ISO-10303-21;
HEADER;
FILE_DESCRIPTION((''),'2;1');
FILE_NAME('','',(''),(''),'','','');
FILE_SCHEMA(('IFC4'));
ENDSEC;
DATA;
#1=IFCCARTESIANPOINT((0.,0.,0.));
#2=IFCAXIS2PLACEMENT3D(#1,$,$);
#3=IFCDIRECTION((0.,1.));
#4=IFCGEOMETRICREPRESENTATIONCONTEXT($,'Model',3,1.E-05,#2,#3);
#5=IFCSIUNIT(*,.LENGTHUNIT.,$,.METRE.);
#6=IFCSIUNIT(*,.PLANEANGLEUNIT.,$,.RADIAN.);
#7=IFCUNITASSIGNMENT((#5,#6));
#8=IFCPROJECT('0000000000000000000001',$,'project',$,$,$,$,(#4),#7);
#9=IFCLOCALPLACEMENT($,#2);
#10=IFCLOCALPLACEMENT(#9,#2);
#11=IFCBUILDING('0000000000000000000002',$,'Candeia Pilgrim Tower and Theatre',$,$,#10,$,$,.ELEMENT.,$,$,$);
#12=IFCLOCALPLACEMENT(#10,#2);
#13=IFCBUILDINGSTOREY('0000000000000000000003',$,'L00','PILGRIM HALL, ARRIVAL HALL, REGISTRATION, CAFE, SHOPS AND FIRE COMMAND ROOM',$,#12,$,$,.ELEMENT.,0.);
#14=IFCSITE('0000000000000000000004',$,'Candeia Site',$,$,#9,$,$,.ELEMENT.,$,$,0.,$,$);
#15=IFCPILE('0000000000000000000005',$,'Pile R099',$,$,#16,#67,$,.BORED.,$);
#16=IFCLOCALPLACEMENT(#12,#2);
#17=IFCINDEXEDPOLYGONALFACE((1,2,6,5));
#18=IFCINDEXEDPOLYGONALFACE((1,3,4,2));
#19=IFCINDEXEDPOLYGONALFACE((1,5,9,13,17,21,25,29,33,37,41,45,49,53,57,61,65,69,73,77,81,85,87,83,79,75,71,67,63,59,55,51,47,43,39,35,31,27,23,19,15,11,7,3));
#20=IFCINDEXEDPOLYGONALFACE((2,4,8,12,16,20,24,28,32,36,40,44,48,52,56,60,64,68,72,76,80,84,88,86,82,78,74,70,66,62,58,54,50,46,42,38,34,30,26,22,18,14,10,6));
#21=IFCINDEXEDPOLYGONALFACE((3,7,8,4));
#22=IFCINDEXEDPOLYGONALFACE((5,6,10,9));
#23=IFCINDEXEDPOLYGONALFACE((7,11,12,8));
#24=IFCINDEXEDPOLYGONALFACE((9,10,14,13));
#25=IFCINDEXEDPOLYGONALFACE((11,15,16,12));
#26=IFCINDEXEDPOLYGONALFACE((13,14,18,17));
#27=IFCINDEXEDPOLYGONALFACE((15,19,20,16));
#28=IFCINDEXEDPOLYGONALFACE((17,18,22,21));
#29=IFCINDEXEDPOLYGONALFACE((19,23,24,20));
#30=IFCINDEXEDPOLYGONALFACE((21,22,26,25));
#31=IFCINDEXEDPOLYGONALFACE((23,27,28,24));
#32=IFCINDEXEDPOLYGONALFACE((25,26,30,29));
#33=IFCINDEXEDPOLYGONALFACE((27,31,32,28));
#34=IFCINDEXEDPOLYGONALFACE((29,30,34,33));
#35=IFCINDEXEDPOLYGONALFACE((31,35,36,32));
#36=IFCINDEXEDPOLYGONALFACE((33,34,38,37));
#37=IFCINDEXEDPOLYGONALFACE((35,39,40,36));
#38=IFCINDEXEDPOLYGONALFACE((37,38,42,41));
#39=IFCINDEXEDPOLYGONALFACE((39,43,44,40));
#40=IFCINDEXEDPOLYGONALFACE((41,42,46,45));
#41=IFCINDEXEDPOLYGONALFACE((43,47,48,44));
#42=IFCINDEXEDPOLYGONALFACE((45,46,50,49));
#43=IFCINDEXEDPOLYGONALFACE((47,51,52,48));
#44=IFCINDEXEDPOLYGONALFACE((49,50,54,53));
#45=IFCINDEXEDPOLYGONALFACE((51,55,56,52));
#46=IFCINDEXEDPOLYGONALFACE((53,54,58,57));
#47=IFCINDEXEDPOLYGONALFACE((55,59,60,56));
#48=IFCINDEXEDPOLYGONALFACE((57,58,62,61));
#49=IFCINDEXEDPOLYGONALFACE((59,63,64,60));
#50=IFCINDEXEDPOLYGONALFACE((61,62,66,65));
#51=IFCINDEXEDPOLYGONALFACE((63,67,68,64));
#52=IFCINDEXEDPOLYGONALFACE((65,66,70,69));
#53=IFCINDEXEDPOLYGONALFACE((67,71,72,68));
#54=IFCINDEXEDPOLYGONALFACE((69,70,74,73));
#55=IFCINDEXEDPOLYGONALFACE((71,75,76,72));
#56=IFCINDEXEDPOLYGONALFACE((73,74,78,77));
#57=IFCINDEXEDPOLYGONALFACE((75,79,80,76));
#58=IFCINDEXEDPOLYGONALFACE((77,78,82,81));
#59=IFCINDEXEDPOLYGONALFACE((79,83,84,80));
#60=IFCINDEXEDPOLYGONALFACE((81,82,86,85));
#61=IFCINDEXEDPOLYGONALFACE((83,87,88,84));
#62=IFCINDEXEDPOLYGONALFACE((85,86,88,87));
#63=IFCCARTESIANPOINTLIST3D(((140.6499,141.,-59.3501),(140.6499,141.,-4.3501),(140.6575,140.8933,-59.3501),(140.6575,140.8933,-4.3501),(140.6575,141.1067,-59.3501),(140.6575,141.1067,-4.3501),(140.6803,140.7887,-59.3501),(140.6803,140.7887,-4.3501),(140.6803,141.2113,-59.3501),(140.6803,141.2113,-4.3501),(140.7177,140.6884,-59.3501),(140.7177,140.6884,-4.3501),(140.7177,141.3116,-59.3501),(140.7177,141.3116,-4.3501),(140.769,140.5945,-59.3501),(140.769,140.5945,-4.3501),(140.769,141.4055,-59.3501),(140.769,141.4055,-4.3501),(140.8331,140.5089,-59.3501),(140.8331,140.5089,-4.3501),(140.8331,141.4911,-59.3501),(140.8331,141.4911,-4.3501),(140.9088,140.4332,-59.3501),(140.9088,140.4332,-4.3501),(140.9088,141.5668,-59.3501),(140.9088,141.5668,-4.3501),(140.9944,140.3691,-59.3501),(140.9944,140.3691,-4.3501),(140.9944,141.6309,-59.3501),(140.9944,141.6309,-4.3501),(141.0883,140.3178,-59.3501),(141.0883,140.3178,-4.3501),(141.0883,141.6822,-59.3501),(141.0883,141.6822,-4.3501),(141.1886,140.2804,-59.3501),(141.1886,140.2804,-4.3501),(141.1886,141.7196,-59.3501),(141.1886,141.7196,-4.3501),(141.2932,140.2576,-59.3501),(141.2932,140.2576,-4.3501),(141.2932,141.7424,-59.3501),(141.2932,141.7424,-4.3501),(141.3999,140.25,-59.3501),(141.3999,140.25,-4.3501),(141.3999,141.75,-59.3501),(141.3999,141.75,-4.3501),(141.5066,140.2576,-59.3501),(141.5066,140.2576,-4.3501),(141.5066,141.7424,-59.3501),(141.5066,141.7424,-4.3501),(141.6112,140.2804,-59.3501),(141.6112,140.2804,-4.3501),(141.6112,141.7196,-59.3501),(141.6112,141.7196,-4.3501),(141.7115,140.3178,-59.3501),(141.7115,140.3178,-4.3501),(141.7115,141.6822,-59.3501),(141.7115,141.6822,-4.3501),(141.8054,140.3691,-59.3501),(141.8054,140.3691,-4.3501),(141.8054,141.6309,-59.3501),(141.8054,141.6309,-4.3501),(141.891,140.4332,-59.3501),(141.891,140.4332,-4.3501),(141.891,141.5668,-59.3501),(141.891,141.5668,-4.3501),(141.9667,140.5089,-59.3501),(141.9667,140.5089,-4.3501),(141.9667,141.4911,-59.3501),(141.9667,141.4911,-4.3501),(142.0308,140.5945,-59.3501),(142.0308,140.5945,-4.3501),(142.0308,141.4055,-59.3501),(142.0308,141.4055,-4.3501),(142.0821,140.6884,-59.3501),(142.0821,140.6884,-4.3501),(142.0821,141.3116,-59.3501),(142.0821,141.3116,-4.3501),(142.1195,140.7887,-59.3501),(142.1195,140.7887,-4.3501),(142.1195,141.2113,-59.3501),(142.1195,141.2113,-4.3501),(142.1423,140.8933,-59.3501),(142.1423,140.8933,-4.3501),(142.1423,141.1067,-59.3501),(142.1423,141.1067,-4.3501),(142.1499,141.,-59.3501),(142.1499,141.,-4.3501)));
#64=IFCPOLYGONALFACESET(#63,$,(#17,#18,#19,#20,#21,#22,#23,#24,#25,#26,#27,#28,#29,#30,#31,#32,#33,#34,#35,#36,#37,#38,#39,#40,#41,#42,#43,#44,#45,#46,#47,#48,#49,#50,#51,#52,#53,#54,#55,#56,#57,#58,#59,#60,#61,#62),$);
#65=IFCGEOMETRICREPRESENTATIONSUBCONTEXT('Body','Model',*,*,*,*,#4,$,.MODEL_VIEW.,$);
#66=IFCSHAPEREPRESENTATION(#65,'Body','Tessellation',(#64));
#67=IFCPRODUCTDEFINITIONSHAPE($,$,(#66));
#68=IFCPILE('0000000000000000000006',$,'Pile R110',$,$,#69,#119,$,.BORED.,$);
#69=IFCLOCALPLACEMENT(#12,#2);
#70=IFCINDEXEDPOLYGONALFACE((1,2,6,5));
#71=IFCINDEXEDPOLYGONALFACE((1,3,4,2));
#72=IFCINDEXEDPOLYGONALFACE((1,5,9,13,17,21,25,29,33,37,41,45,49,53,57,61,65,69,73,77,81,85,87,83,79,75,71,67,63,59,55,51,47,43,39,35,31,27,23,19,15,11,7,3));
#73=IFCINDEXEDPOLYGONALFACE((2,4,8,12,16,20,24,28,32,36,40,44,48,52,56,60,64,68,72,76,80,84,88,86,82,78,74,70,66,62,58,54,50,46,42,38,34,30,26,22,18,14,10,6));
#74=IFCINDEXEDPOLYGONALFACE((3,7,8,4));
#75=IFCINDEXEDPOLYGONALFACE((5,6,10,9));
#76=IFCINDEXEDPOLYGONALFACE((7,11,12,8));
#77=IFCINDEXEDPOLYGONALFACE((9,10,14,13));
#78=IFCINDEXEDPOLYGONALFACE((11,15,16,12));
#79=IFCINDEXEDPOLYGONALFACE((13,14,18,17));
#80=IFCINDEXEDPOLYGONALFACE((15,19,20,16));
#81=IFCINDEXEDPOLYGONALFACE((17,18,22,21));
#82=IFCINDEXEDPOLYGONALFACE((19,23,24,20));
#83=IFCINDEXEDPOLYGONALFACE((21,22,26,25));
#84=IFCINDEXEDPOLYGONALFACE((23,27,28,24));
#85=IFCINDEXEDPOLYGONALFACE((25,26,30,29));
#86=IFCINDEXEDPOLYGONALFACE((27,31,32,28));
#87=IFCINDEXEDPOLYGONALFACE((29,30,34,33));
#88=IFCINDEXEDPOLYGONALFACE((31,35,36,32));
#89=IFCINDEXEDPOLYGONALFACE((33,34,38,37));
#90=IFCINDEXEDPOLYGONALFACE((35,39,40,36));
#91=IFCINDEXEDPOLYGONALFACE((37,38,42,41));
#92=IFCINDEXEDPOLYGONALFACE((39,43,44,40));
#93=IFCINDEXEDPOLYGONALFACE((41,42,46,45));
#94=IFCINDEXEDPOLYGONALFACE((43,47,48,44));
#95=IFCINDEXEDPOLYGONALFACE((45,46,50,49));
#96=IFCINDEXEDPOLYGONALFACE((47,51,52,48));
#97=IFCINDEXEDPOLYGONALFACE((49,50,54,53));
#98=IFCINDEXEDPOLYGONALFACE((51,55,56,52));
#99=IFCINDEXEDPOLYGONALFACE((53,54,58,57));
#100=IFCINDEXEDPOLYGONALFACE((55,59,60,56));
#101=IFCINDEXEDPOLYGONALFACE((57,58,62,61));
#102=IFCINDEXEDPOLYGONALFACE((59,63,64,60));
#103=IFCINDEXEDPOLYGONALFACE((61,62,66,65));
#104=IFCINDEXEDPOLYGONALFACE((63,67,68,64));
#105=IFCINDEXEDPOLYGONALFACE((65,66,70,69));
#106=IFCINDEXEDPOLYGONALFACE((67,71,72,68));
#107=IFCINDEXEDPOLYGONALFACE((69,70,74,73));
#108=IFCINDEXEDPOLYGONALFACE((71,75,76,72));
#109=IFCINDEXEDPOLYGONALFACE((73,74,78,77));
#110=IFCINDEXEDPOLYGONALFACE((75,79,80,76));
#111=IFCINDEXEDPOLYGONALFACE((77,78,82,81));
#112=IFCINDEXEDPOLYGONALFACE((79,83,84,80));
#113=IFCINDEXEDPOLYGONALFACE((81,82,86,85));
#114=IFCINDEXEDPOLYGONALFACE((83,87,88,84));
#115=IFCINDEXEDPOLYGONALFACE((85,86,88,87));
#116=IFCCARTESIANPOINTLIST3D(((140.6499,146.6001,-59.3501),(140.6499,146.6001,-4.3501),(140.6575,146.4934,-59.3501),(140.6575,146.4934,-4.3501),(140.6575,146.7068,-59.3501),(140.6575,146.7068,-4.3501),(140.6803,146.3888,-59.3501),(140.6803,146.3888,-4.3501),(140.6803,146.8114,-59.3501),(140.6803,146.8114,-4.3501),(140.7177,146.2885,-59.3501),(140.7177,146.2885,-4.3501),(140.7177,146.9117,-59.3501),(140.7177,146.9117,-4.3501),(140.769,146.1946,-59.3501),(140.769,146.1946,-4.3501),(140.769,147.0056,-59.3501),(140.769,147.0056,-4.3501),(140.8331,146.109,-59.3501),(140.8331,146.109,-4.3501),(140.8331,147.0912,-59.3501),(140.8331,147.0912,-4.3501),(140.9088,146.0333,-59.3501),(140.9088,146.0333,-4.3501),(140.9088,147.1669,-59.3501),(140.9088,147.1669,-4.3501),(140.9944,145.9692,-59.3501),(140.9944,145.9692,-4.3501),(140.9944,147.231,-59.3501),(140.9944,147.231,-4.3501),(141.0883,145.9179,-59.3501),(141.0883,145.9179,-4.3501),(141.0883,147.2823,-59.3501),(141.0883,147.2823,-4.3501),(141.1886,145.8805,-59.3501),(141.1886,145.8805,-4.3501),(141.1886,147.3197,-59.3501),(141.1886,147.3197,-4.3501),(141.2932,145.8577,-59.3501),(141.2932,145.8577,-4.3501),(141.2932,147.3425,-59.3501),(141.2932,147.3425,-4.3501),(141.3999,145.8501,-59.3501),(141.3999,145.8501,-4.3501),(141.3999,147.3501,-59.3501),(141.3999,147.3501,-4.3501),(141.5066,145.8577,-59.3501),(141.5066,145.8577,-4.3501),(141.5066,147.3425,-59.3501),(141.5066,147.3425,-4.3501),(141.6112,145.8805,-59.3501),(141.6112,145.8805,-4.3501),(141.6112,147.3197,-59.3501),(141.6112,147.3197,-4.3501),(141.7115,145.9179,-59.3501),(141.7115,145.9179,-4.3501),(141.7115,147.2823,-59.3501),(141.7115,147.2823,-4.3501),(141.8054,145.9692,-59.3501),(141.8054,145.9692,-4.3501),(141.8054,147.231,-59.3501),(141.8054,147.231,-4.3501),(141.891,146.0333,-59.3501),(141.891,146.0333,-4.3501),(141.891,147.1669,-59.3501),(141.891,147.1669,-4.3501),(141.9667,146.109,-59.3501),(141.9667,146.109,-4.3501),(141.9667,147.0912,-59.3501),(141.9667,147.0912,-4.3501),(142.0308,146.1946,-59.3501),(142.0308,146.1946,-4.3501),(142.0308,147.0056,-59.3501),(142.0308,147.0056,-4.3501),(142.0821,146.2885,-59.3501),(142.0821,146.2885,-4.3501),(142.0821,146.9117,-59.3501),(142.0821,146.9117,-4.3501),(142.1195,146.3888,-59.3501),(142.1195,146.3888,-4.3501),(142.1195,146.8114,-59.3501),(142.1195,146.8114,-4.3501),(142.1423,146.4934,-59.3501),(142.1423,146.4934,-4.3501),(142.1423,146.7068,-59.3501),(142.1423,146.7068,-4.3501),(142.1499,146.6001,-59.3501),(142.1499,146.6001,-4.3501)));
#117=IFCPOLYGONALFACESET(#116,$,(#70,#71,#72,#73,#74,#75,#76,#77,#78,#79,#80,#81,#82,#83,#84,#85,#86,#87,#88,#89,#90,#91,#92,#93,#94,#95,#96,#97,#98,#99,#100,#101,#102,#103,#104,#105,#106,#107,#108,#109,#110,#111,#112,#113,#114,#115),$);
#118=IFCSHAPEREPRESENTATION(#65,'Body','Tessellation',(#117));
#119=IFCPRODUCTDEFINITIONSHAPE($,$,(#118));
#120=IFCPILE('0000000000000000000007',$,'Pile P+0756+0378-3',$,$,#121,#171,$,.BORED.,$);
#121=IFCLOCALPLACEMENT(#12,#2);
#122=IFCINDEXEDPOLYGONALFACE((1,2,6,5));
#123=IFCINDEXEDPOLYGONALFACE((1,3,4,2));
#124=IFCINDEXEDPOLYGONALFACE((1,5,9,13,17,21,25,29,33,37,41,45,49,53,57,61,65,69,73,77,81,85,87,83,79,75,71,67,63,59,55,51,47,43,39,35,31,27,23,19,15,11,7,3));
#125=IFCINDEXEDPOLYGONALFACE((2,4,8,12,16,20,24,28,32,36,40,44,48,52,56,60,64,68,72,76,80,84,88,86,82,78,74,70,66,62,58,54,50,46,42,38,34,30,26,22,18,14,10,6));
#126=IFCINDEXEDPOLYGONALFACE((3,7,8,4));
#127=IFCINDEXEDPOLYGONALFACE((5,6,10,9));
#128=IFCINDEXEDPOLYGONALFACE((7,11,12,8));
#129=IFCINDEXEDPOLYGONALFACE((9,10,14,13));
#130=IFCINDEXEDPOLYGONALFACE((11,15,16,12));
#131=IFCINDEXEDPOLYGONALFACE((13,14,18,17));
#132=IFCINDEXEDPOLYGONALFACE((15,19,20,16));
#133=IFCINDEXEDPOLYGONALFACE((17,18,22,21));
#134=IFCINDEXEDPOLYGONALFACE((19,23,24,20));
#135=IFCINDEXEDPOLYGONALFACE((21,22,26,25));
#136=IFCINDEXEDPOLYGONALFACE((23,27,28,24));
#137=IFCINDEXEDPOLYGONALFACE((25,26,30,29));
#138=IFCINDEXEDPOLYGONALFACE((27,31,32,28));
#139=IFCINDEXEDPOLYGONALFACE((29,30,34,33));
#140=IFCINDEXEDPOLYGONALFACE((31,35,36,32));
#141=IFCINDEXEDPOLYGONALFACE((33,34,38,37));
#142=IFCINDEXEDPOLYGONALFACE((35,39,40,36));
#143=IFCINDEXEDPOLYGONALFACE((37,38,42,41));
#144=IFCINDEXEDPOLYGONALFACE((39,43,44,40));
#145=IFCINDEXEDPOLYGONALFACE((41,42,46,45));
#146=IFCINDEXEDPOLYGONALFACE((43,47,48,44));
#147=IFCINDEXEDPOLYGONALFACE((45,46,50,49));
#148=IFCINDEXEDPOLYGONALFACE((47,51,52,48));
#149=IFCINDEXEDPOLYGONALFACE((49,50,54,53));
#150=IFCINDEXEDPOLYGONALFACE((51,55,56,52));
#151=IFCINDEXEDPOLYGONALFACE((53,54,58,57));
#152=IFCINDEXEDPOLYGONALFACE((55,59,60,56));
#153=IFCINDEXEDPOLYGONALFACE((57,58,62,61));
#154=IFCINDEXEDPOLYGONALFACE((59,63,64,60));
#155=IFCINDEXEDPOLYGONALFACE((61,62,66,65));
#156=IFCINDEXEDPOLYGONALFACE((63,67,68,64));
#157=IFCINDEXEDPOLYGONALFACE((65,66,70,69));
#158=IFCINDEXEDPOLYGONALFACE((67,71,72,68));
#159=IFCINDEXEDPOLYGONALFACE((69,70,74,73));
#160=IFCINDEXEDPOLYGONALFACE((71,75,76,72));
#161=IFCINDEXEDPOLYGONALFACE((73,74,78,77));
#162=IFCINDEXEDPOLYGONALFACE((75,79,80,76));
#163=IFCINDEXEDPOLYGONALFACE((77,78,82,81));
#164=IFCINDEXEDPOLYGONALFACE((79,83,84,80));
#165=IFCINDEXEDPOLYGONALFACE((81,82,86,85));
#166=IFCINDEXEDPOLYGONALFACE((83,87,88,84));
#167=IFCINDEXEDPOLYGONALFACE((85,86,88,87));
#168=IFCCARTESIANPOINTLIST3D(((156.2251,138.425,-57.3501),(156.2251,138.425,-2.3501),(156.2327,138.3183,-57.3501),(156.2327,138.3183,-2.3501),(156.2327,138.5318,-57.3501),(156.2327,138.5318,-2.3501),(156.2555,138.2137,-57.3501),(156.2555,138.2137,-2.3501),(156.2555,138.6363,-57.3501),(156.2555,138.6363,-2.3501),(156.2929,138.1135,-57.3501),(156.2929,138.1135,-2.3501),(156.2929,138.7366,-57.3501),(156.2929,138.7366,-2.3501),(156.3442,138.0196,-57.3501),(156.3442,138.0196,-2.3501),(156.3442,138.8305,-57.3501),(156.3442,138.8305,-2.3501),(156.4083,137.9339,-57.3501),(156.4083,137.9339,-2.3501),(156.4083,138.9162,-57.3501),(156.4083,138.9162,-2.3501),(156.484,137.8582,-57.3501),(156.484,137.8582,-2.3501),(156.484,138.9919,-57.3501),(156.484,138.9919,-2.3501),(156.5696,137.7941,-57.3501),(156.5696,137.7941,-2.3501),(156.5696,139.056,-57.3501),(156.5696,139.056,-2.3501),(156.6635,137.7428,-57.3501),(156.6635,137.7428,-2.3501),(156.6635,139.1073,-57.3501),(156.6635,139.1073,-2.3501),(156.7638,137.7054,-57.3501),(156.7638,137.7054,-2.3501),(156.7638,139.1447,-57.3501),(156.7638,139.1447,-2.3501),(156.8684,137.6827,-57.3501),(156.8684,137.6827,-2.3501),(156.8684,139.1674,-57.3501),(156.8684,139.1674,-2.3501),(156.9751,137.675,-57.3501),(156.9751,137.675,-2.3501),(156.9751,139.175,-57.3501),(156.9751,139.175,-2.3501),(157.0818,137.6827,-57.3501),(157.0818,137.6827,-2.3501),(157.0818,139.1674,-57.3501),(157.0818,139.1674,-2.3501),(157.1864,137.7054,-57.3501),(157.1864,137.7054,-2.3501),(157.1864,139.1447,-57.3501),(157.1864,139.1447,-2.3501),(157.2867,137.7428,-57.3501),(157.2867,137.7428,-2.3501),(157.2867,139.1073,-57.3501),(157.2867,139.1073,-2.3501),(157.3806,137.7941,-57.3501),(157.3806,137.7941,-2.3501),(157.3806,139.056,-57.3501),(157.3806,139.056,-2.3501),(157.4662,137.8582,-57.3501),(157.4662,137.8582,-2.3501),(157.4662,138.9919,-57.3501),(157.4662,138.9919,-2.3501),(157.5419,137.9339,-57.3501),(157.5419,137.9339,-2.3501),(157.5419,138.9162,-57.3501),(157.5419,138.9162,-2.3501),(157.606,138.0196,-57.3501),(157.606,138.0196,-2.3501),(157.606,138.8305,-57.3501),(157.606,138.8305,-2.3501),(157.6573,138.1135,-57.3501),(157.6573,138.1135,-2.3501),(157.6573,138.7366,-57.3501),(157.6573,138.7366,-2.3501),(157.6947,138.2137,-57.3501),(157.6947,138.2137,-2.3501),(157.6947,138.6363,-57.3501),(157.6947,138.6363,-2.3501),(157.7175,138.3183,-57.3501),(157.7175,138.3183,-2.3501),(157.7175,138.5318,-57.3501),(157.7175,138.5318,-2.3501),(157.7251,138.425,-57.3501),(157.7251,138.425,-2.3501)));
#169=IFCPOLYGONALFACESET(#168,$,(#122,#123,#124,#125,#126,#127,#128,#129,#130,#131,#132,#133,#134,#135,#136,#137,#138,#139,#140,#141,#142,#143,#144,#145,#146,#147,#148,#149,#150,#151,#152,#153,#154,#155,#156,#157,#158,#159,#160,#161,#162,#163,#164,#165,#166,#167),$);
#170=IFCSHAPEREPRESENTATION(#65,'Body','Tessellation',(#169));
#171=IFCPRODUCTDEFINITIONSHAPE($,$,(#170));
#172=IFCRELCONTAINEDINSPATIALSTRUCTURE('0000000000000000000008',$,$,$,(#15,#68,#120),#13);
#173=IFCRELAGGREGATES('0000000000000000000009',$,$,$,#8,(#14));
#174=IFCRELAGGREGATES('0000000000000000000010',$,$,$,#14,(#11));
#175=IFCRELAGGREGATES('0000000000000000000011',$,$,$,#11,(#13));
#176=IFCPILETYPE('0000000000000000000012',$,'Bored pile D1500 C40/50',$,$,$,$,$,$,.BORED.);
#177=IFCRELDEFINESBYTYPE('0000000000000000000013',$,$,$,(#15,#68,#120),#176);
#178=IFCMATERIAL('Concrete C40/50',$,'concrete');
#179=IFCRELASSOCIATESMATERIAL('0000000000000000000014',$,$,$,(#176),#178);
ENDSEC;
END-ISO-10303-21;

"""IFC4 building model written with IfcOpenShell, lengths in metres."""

from ifc_helpers import new_model, si_unit, direction, frame, origin, origin_2d, place, context, subcontext, project, spatial, circle, extrude, material, material_profile, profile_set, type_object, element, save


model = new_model("IFC4")

# Units and contexts
model_context = context("Model", 3, precision=1e-05, world=origin(), true_north=direction((0.0, 1.0)))
body_context = subcontext(model_context, "Body", "Model", "MODEL_VIEW")
ifc_project = project(units=[si_unit("LENGTHUNIT", "METRE"), si_unit("PLANEANGLEUNIT", "RADIAN")], contexts=[model_context])

# Site, building, storey
site_placement = place(None, origin())
site = spatial("IfcSite", under=ifc_project, at=site_placement, Name="Candeia Site", CompositionType="ELEMENT", RefElevation=0.0)
building_placement = place(site_placement, origin())
building = spatial("IfcBuilding", under=site, at=building_placement, Name="Candeia Pilgrim Tower and Theatre", CompositionType="ELEMENT")
storey_placement = place(building_placement, origin())
storey = spatial("IfcBuildingStorey", under=building, at=storey_placement, Name="L00", Description="PILGRIM HALL, ARRIVAL HALL, REGISTRATION, CAFE, SHOPS AND FIRE COMMAND ROOM", CompositionType="ELEMENT", Elevation=0.0)

# Piles
ifc_material_1 = material(Name="Concrete C40/50", Category="concrete")
ifc_material_profile_1 = material_profile(ifc_material_1, circle(Radius=0.75, at=origin_2d()))
ifc_profile_set_1 = profile_set([ifc_material_profile_1], Name="Concrete C40/50")
pile_type = type_object("IfcPileType", Name="Bored pile D1500 C40/50", PredefinedType="BORED", material=ifc_profile_set_1)
for number, where, z_axis, x_axis, name in (
    (1, (141.3999, 141.0, -4.3501), (0.0, 0.0, -1.0), (1.0, 0.0, 0.0), "Pile R099"),
    (2, (141.3999, 146.6001, -4.3501), (0.0, 0.0, -1.0), (1.0, 0.0, 0.0), "Pile R110"),
    (3, (156.9751, 138.425, -2.3501), (0.0, 0.0, -1.0), (1.0, 0.0, 0.0), "Pile P+0756+0378-3"),
):
    element("IfcPile", number, at=place(storey_placement, frame(where, z_axis=z_axis, x_axis=x_axis)), inside=storey, type_object=pile_type, Name=name, PredefinedType="BORED", context=body_context, shape_type="SweptSolid", body=[
        extrude(circle(Radius=0.75, at=origin_2d()), origin(), (0.0, 0.0, 1.0), 55.0),
    ])

save(model, "model.ifc")
